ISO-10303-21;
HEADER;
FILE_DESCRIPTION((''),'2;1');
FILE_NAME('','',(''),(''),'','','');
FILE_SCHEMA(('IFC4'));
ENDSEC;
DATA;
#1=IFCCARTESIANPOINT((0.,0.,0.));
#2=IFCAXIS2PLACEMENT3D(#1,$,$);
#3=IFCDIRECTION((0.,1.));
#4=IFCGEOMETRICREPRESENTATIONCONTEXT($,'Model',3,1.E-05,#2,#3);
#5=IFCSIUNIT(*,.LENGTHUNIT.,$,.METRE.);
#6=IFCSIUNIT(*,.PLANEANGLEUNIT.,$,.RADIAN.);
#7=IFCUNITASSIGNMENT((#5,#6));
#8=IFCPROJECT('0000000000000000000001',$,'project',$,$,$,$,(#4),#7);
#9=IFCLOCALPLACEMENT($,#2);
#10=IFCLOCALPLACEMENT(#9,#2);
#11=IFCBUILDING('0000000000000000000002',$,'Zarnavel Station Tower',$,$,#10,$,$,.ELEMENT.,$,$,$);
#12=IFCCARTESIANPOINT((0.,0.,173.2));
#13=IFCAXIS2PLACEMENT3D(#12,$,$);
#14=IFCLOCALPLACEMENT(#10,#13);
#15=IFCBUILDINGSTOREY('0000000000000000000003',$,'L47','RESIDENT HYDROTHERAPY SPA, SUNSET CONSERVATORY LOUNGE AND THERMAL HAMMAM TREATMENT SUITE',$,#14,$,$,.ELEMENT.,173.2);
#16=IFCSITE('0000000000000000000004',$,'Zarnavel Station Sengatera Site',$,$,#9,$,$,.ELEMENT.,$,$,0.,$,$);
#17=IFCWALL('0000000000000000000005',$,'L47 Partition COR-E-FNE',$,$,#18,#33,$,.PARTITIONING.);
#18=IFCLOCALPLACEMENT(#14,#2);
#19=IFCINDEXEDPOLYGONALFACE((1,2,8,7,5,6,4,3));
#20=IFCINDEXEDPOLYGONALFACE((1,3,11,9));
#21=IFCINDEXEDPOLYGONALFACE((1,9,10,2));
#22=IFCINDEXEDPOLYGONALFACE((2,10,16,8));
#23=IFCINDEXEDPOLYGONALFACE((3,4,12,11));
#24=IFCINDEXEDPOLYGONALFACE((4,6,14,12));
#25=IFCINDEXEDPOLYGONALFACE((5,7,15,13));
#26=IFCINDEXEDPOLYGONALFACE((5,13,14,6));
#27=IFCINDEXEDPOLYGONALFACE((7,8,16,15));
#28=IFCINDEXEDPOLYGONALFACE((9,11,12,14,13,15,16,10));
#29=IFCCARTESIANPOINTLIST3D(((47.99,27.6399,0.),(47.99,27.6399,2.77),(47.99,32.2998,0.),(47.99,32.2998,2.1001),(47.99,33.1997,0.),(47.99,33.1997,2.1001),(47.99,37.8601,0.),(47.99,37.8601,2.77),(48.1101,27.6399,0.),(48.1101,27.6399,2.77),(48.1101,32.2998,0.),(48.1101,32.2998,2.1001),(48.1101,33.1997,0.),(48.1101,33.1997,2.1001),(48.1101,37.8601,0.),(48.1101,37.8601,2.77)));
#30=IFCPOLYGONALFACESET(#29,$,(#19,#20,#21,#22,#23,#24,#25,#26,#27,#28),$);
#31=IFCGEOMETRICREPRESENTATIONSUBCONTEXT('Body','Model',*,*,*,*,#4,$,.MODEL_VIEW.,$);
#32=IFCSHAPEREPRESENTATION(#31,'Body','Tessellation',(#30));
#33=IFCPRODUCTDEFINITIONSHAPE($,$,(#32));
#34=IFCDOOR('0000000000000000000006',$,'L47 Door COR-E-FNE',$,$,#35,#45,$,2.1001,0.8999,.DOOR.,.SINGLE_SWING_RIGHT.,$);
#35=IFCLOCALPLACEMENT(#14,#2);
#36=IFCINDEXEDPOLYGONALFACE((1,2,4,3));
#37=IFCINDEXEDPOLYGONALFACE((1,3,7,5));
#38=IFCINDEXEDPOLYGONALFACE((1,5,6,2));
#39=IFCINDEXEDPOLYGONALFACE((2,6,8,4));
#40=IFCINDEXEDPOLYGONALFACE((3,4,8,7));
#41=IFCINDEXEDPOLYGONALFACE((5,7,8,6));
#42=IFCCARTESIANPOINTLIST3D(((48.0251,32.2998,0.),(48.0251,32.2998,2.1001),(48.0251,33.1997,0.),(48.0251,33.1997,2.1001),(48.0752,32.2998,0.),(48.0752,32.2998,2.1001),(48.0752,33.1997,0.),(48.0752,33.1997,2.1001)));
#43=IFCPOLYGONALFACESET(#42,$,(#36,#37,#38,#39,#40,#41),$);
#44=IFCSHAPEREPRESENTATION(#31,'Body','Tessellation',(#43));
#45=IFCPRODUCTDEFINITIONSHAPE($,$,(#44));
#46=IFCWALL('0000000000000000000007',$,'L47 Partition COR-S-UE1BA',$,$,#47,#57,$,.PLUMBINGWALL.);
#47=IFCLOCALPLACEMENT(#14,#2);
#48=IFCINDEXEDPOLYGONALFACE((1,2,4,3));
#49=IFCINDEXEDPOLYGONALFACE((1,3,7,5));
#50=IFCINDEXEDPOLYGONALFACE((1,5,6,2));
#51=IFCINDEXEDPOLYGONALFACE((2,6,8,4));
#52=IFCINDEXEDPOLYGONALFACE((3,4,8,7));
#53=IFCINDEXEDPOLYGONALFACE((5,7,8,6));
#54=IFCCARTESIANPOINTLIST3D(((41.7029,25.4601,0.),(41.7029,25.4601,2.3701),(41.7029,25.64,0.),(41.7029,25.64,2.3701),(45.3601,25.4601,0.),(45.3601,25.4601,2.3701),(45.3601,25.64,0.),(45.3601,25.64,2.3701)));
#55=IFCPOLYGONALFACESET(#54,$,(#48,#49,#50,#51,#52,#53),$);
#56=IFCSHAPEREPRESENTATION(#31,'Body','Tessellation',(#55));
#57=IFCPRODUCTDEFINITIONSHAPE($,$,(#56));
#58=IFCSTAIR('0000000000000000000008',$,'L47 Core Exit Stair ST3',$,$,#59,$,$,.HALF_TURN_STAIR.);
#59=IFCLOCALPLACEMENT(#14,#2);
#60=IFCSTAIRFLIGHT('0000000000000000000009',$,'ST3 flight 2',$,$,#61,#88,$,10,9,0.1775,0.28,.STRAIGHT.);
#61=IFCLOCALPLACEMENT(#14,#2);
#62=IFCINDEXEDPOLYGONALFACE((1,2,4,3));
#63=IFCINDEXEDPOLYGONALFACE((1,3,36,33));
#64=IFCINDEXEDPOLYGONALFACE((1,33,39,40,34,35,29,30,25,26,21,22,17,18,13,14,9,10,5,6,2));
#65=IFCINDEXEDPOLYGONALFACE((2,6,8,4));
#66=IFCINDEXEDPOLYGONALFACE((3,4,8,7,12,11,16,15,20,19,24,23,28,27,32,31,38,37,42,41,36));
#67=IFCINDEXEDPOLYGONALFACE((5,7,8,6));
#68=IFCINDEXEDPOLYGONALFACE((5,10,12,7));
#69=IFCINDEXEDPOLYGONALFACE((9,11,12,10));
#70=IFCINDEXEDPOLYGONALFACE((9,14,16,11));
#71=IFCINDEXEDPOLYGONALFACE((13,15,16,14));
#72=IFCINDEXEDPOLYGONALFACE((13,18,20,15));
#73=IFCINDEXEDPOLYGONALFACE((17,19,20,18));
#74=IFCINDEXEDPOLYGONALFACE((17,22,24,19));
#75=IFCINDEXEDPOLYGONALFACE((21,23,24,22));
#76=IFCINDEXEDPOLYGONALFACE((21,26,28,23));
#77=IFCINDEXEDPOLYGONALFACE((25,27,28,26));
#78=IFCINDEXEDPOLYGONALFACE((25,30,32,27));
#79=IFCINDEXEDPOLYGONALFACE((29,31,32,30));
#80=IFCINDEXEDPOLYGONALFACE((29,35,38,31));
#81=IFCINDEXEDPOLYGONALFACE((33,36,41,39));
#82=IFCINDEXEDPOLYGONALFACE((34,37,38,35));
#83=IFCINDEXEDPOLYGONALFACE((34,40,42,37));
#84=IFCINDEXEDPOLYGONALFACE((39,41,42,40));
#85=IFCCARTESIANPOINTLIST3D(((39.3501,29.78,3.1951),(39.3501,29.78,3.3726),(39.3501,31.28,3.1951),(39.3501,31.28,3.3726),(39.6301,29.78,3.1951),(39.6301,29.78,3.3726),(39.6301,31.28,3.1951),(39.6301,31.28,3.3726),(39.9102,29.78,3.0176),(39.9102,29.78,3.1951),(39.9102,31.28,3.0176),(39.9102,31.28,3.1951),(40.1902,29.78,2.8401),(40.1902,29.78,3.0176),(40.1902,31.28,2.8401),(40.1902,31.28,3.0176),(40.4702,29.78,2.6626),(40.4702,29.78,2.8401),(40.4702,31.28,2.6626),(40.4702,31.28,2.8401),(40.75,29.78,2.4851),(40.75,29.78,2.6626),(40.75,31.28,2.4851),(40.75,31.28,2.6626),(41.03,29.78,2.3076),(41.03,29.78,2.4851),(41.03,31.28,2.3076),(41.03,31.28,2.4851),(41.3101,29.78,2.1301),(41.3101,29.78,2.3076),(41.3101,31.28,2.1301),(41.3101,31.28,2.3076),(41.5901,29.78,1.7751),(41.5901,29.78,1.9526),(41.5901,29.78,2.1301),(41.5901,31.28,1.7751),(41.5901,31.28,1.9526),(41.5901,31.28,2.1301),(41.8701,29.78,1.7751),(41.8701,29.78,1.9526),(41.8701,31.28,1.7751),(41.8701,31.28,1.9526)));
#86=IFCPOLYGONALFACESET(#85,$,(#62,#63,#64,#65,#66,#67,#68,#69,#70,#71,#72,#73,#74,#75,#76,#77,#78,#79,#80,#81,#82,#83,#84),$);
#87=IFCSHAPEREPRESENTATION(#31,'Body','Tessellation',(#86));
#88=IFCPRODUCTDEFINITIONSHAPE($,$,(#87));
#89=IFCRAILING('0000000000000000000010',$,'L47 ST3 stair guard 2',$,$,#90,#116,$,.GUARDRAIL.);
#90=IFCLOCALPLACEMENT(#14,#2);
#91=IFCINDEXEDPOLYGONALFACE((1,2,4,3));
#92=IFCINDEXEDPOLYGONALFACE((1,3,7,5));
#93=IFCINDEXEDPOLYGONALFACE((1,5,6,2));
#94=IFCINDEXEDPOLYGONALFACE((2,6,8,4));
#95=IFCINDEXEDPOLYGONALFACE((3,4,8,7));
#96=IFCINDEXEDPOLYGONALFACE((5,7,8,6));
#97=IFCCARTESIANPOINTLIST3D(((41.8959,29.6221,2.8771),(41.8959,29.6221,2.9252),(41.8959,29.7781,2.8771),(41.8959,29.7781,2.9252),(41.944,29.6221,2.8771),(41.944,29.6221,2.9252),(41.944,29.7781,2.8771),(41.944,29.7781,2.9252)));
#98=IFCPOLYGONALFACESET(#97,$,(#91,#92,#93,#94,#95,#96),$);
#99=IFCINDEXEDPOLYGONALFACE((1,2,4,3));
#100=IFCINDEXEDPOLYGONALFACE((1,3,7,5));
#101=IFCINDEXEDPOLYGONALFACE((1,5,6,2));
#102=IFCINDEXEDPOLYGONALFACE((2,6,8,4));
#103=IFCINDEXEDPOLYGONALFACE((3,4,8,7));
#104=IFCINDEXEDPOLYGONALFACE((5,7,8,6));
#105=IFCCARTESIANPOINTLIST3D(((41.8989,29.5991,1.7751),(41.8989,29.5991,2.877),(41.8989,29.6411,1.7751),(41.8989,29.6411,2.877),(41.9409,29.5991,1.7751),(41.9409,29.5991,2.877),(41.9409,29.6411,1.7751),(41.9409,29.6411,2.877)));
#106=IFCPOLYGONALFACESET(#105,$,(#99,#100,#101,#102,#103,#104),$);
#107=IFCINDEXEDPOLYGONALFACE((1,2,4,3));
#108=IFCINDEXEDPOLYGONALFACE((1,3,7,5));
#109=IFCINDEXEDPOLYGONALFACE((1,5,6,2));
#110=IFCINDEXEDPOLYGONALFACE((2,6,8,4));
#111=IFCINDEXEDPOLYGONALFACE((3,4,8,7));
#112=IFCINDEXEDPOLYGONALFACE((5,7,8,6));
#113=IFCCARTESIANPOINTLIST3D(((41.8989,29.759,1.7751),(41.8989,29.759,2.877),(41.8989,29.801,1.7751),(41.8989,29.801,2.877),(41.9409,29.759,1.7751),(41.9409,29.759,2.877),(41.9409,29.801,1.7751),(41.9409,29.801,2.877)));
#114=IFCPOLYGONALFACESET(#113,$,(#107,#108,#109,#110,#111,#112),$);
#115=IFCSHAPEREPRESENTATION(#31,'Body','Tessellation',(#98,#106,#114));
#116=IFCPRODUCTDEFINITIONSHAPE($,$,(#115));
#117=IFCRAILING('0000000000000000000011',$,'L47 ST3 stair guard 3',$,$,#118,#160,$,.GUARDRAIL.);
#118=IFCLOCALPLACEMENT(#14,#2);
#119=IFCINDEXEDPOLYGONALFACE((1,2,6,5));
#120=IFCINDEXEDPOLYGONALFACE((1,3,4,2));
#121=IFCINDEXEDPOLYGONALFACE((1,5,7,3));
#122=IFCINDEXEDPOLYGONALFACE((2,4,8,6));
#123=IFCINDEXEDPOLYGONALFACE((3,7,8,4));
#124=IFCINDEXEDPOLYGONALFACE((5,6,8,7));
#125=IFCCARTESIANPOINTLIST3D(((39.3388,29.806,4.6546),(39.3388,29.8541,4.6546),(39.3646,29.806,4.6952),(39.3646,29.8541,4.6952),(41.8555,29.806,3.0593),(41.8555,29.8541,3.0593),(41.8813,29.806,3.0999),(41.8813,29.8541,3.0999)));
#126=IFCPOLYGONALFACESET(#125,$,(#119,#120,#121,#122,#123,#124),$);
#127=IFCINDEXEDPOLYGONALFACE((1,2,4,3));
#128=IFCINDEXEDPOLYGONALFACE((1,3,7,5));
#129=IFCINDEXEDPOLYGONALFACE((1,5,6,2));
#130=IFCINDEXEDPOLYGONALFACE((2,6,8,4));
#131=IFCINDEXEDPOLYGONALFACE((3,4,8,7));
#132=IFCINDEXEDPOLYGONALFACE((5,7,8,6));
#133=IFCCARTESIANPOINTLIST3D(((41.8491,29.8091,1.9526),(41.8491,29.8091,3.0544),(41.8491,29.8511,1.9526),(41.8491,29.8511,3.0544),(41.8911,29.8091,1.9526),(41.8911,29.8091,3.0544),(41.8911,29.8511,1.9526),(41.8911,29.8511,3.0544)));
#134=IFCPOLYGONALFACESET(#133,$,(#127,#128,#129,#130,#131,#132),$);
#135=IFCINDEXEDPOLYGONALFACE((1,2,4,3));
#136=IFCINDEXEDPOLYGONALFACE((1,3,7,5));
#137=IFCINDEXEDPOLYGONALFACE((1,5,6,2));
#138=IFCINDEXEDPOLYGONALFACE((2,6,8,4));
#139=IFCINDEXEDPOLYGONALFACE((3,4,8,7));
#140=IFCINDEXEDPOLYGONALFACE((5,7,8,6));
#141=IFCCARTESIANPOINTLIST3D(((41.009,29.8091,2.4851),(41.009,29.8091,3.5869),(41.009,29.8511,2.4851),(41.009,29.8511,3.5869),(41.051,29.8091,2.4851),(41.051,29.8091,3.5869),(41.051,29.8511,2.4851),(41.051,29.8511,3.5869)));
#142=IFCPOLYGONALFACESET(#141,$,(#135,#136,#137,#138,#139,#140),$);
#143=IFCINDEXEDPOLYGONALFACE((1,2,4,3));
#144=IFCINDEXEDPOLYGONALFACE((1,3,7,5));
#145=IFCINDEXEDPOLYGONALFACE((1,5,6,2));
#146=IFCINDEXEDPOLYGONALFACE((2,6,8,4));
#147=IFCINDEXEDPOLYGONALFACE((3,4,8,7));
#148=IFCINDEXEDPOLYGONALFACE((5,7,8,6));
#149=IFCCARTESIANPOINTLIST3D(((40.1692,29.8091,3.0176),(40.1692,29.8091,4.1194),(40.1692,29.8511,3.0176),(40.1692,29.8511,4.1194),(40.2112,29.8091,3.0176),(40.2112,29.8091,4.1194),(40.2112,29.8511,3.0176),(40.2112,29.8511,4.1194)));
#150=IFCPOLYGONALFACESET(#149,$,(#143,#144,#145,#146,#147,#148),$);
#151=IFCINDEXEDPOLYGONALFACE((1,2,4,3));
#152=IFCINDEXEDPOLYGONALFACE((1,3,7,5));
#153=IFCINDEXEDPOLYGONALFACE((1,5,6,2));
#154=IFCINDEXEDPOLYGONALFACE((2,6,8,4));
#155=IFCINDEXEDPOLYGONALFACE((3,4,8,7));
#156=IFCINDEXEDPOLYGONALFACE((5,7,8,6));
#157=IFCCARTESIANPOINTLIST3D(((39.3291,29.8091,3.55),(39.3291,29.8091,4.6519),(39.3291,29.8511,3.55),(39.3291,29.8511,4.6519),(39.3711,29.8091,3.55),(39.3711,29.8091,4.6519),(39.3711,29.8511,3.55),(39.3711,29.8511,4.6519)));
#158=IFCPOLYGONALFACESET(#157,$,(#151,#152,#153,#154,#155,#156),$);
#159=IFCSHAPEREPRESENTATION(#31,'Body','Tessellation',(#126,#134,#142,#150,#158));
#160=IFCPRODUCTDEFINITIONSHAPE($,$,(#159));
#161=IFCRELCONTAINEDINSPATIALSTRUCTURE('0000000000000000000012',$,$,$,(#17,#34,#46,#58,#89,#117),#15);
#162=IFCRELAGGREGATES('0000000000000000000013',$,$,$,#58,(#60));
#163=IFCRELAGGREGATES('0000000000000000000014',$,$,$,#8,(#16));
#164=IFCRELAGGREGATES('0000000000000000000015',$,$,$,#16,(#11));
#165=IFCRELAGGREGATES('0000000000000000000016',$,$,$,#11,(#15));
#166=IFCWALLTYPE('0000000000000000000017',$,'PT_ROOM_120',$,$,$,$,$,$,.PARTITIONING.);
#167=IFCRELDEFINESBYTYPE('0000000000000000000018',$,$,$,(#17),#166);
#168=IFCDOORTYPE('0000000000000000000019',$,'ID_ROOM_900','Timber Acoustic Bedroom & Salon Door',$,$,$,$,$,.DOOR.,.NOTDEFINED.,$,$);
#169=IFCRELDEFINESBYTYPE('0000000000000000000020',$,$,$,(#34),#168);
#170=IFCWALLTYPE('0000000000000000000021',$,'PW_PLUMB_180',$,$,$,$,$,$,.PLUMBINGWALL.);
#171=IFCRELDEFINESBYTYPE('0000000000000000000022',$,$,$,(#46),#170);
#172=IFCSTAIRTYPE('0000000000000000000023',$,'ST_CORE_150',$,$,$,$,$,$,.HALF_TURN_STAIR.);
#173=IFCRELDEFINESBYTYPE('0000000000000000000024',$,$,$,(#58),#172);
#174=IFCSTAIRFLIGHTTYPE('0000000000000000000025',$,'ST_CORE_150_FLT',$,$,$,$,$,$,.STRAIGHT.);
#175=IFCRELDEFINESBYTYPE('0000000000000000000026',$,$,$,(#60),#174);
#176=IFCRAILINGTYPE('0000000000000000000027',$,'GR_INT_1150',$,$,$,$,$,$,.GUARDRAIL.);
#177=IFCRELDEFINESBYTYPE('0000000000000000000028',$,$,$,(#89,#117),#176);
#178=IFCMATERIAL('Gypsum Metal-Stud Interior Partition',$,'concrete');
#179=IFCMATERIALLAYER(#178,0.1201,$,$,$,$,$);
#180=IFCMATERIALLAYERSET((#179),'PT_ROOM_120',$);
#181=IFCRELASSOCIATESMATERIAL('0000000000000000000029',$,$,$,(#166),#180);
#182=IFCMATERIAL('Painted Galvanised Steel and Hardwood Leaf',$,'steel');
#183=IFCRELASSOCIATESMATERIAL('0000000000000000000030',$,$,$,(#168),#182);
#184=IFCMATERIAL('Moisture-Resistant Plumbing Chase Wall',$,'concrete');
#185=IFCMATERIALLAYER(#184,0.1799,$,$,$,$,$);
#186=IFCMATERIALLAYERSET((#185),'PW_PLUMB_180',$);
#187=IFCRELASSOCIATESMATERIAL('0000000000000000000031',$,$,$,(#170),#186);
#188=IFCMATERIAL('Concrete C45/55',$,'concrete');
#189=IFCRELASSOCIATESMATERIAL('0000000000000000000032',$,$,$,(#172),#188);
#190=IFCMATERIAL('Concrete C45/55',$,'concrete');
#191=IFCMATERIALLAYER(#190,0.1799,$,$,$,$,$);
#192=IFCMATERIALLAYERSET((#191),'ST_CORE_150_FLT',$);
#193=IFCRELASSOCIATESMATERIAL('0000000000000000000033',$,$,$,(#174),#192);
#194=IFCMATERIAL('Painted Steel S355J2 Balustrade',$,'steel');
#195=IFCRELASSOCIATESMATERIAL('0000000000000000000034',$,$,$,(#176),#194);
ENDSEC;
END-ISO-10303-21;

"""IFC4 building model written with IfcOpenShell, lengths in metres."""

from ifc_helpers import new_model, si_unit, direction, frame, frame_2d, origin, origin_2d, place, context, subcontext, project, spatial, polyline, rectangle, outline, extrude, material, layer, layer_set, type_object, element, fill, aggregate, save


model = new_model("IFC4")

# Units and contexts
model_context = context("Model", 3, precision=1e-05, world=origin(), true_north=direction((0.0, 1.0)))
body_context = subcontext(model_context, "Body", "Model", "MODEL_VIEW")
ifc_project = project(units=[si_unit("LENGTHUNIT", "METRE"), si_unit("PLANEANGLEUNIT", "RADIAN")], contexts=[model_context])

# Site, building, storey
site_placement = place(None, origin())
site = spatial("IfcSite", under=ifc_project, at=site_placement, Name="Zarnavel Station Sengatera Site", CompositionType="ELEMENT", RefElevation=0.0)
building_placement = place(site_placement, origin())
building = spatial("IfcBuilding", under=site, at=building_placement, Name="Zarnavel Station Tower", CompositionType="ELEMENT")
storey_placement = place(building_placement, frame((0.0, 0.0, 173.2)))
storey = spatial("IfcBuildingStorey", under=building, at=storey_placement, Name="L47", Description="RESIDENT HYDROTHERAPY SPA, SUNSET CONSERVATORY LOUNGE AND THERMAL HAMMAM TREATMENT SUITE", CompositionType="ELEMENT", Elevation=173.2)

# Wall, opening, door
ifc_material_1 = material(Name="Gypsum Metal-Stud Interior Partition", Category="concrete")
ifc_layer_1 = layer(ifc_material_1, 0.1201)
ifc_layer_set_1 = layer_set([ifc_layer_1], Name="PT_ROOM_120")
wall_type_1 = type_object("IfcWallType", Name="PT_ROOM_120", PredefinedType="PARTITIONING", material=ifc_layer_set_1)
ifc_material_2 = material(Name="Painted Galvanised Steel and Hardwood Leaf", Category="steel")
door_type_1 = type_object("IfcDoorType", Name="ID_ROOM_900", Description="Timber Acoustic Bedroom & Salon Door", OperationType="NOTDEFINED", PredefinedType="DOOR", material=ifc_material_2)
wall_1_placement = place(storey_placement, frame((48.05, 27.6399, 0.0), z_axis=(0.0, 0.0, 1.0), x_axis=(0.0, 1.0, 0.0)))
wall_1 = element("IfcWall", 1, at=wall_1_placement, inside=storey, type_object=wall_type_1, Name="L47 Partition COR-E-FNE", PredefinedType="PARTITIONING", context=body_context, shape_type="SweptSolid", body=[
    extrude(rectangle(XDim=10.2202, YDim=0.1201, at=frame_2d((5.1101, 0.0))), origin(), (0.0, 0.0, 1.0), 2.77),
])
opening_1_placement = place(wall_1_placement, frame((4.6599, 0.0, 0.0)))
opening_1 = element("IfcOpeningElement", 2, at=opening_1_placement, cuts=wall_1, PredefinedType="OPENING", context=body_context, shape_type="SweptSolid", body=[
    extrude(rectangle(XDim=0.8999, YDim=2.1001, at=frame_2d((0.45, 1.05))), frame((0.0, 0.0701, 0.0), z_axis=(0.0, -1.0, 0.0), x_axis=(1.0, 0.0, 0.0)), (0.0, 0.0, 1.0), 0.1401),
])
door_1_placement = place(opening_1_placement, origin())
door_1 = element("IfcDoor", 3, at=door_1_placement, inside=storey, type_object=door_type_1, Name="L47 Door COR-E-FNE", OperationType="SINGLE_SWING_RIGHT", OverallHeight=2.1001, OverallWidth=0.8999, PredefinedType="DOOR", context=body_context, shape_type="SweptSolid", body=[
    extrude(rectangle(XDim=0.8999, YDim=2.1001, at=frame_2d((0.45, 1.05))), frame((0.0, 0.0249, 0.0), z_axis=(0.0, -1.0, 0.0), x_axis=(1.0, 0.0, 0.0)), (0.0, 0.0, 1.0), 0.05),
])
fill(opening_1, door_1)

# Wall
ifc_material_3 = material(Name="Moisture-Resistant Plumbing Chase Wall", Category="concrete")
ifc_layer_2 = layer(ifc_material_3, 0.1799)
ifc_layer_set_2 = layer_set([ifc_layer_2], Name="PW_PLUMB_180")
wall_type_2 = type_object("IfcWallType", Name="PW_PLUMB_180", PredefinedType="PLUMBINGWALL", material=ifc_layer_set_2)
wall_2_placement = place(storey_placement, frame((41.7029, 25.55, 0.0), z_axis=(0.0, 0.0, 1.0), x_axis=(1.0, 0.0, 0.0)))
element("IfcWall", 4, at=wall_2_placement, inside=storey, type_object=wall_type_2, Name="L47 Partition COR-S-UE1BA", PredefinedType="PLUMBINGWALL", context=body_context, shape_type="SweptSolid", body=[
    extrude(rectangle(XDim=3.6572, YDim=0.1799, at=frame_2d((1.8286, 0.0))), origin(), (0.0, 0.0, 1.0), 2.3701),
])

# Stair, stair flight
ifc_material_4 = material(Name="Concrete C45/55", Category="concrete")
stair_type = type_object("IfcStairType", Name="ST_CORE_150", PredefinedType="HALF_TURN_STAIR", material=ifc_material_4)
stair_placement = place(storey_placement, origin())
stair = element("IfcStair", 5, at=stair_placement, inside=storey, type_object=stair_type, Name="L47 Core Exit Stair ST3", PredefinedType="HALF_TURN_STAIR")
ifc_material_5 = material(Name="Concrete C45/55", Category="concrete")
ifc_layer_3 = layer(ifc_material_5, 0.1799)
ifc_layer_set_3 = layer_set([ifc_layer_3], Name="ST_CORE_150_FLT")
stair_flight_type = type_object("IfcStairFlightType", Name="ST_CORE_150_FLT", PredefinedType="STRAIGHT", material=ifc_layer_set_3)
stair_flight_placement = place(storey_placement, frame((41.8701, 30.53, 1.7751), z_axis=(0.0, 0.0, 1.0), x_axis=(-1.0, 0.0, 0.0)))
stair_flight = element("IfcStairFlight", 6, at=stair_flight_placement, type_object=stair_flight_type, Name="ST3 flight 2", NumberOfRisers=10, NumberOfTreads=9, PredefinedType="STRAIGHT", RiserHeight=0.1775, TreadLength=0.28, context=body_context, shape_type="SweptSolid", body=[
    extrude(outline(polyline([(0.0, 0.0), (0.0, 0.1775), (0.28, 0.1775), (0.28, 0.355), (0.5601, 0.355), (0.5601, 0.5325), (0.8401, 0.5325), (0.8401, 0.71), (1.1201, 0.71), (1.1201, 0.8875), (1.3999, 0.8875), (1.3999, 1.0649), (1.6799, 1.0649), (1.6799, 1.2424), (1.96, 1.2424), (1.96, 1.4199), (2.24, 1.4199), (2.24, 1.5974), (2.52, 1.5974), (2.52, 1.7749), (2.52, 1.4199), (0.28, 0.0), (0.0, 0.0)])), frame((0.0, 0.75, 0.0), z_axis=(0.0, -1.0, 0.0), x_axis=(1.0, 0.0, 0.0)), (0.0, 0.0, 1.0), 1.5),
])
aggregate(stair, [stair_flight])

# Railings
ifc_material_6 = material(Name="Painted Steel S355J2 Balustrade", Category="steel")
railing_type_1 = type_object("IfcRailingType", Name="GR_INT_1150", PredefinedType="GUARDRAIL", material=ifc_material_6)
railing_1_placement = place(storey_placement, frame((41.9199, 29.6201, 1.7751)))
element("IfcRailing", 7, at=railing_1_placement, inside=storey, type_object=railing_type_1, Name="L47 ST3 stair guard 2", PredefinedType="GUARDRAIL", context=body_context, shape_type="SweptSolid", body=[
    extrude(rectangle(XDim=0.0481, YDim=0.0481, at=origin_2d()), frame((0.0, 0.002, 1.126), z_axis=(0.0, 1.0, 0.0), x_axis=(-1.0, 0.0, 0.0)), (0.0, 0.0, 1.0), 0.156),
    extrude(rectangle(XDim=0.042, YDim=0.042, at=origin_2d()), origin(), (0.0, 0.0, 1.0), 1.1018),
    extrude(rectangle(XDim=0.042, YDim=0.042, at=origin_2d()), frame((0.0, 0.1599, 0.0)), (0.0, 0.0, 1.0), 1.1018),
])
railing_2_placement = place(storey_placement, frame((41.8701, 29.8301, 1.9526)))
element("IfcRailing", 8, at=railing_2_placement, inside=storey, type_object=railing_type_1, Name="L47 ST3 stair guard 3", PredefinedType="GUARDRAIL", context=body_context, shape_type="SweptSolid", body=[
    extrude(rectangle(XDim=0.0481, YDim=0.0481, at=origin_2d()), frame((-0.0017, 0.0, 1.127), z_axis=(-0.844607, 0.0, 0.535387), x_axis=(0.0, -1.0, 0.0)), (0.0, 0.0, 1.0), 2.9797),
    extrude(rectangle(XDim=0.042, YDim=0.042, at=origin_2d()), origin(), (0.0, 0.0, 1.0), 1.1018),
    extrude(rectangle(XDim=0.042, YDim=0.042, at=origin_2d()), frame((-0.8401, 0.0, 0.5325)), (0.0, 0.0, 1.0), 1.1018),
    extrude(rectangle(XDim=0.042, YDim=0.042, at=origin_2d()), frame((-1.6799, 0.0, 1.0649)), (0.0, 0.0, 1.0), 1.1018),
    extrude(rectangle(XDim=0.042, YDim=0.042, at=origin_2d()), frame((-2.52, 0.0, 1.5974)), (0.0, 0.0, 1.0), 1.1018),
])

save(model, "model.ifc")
